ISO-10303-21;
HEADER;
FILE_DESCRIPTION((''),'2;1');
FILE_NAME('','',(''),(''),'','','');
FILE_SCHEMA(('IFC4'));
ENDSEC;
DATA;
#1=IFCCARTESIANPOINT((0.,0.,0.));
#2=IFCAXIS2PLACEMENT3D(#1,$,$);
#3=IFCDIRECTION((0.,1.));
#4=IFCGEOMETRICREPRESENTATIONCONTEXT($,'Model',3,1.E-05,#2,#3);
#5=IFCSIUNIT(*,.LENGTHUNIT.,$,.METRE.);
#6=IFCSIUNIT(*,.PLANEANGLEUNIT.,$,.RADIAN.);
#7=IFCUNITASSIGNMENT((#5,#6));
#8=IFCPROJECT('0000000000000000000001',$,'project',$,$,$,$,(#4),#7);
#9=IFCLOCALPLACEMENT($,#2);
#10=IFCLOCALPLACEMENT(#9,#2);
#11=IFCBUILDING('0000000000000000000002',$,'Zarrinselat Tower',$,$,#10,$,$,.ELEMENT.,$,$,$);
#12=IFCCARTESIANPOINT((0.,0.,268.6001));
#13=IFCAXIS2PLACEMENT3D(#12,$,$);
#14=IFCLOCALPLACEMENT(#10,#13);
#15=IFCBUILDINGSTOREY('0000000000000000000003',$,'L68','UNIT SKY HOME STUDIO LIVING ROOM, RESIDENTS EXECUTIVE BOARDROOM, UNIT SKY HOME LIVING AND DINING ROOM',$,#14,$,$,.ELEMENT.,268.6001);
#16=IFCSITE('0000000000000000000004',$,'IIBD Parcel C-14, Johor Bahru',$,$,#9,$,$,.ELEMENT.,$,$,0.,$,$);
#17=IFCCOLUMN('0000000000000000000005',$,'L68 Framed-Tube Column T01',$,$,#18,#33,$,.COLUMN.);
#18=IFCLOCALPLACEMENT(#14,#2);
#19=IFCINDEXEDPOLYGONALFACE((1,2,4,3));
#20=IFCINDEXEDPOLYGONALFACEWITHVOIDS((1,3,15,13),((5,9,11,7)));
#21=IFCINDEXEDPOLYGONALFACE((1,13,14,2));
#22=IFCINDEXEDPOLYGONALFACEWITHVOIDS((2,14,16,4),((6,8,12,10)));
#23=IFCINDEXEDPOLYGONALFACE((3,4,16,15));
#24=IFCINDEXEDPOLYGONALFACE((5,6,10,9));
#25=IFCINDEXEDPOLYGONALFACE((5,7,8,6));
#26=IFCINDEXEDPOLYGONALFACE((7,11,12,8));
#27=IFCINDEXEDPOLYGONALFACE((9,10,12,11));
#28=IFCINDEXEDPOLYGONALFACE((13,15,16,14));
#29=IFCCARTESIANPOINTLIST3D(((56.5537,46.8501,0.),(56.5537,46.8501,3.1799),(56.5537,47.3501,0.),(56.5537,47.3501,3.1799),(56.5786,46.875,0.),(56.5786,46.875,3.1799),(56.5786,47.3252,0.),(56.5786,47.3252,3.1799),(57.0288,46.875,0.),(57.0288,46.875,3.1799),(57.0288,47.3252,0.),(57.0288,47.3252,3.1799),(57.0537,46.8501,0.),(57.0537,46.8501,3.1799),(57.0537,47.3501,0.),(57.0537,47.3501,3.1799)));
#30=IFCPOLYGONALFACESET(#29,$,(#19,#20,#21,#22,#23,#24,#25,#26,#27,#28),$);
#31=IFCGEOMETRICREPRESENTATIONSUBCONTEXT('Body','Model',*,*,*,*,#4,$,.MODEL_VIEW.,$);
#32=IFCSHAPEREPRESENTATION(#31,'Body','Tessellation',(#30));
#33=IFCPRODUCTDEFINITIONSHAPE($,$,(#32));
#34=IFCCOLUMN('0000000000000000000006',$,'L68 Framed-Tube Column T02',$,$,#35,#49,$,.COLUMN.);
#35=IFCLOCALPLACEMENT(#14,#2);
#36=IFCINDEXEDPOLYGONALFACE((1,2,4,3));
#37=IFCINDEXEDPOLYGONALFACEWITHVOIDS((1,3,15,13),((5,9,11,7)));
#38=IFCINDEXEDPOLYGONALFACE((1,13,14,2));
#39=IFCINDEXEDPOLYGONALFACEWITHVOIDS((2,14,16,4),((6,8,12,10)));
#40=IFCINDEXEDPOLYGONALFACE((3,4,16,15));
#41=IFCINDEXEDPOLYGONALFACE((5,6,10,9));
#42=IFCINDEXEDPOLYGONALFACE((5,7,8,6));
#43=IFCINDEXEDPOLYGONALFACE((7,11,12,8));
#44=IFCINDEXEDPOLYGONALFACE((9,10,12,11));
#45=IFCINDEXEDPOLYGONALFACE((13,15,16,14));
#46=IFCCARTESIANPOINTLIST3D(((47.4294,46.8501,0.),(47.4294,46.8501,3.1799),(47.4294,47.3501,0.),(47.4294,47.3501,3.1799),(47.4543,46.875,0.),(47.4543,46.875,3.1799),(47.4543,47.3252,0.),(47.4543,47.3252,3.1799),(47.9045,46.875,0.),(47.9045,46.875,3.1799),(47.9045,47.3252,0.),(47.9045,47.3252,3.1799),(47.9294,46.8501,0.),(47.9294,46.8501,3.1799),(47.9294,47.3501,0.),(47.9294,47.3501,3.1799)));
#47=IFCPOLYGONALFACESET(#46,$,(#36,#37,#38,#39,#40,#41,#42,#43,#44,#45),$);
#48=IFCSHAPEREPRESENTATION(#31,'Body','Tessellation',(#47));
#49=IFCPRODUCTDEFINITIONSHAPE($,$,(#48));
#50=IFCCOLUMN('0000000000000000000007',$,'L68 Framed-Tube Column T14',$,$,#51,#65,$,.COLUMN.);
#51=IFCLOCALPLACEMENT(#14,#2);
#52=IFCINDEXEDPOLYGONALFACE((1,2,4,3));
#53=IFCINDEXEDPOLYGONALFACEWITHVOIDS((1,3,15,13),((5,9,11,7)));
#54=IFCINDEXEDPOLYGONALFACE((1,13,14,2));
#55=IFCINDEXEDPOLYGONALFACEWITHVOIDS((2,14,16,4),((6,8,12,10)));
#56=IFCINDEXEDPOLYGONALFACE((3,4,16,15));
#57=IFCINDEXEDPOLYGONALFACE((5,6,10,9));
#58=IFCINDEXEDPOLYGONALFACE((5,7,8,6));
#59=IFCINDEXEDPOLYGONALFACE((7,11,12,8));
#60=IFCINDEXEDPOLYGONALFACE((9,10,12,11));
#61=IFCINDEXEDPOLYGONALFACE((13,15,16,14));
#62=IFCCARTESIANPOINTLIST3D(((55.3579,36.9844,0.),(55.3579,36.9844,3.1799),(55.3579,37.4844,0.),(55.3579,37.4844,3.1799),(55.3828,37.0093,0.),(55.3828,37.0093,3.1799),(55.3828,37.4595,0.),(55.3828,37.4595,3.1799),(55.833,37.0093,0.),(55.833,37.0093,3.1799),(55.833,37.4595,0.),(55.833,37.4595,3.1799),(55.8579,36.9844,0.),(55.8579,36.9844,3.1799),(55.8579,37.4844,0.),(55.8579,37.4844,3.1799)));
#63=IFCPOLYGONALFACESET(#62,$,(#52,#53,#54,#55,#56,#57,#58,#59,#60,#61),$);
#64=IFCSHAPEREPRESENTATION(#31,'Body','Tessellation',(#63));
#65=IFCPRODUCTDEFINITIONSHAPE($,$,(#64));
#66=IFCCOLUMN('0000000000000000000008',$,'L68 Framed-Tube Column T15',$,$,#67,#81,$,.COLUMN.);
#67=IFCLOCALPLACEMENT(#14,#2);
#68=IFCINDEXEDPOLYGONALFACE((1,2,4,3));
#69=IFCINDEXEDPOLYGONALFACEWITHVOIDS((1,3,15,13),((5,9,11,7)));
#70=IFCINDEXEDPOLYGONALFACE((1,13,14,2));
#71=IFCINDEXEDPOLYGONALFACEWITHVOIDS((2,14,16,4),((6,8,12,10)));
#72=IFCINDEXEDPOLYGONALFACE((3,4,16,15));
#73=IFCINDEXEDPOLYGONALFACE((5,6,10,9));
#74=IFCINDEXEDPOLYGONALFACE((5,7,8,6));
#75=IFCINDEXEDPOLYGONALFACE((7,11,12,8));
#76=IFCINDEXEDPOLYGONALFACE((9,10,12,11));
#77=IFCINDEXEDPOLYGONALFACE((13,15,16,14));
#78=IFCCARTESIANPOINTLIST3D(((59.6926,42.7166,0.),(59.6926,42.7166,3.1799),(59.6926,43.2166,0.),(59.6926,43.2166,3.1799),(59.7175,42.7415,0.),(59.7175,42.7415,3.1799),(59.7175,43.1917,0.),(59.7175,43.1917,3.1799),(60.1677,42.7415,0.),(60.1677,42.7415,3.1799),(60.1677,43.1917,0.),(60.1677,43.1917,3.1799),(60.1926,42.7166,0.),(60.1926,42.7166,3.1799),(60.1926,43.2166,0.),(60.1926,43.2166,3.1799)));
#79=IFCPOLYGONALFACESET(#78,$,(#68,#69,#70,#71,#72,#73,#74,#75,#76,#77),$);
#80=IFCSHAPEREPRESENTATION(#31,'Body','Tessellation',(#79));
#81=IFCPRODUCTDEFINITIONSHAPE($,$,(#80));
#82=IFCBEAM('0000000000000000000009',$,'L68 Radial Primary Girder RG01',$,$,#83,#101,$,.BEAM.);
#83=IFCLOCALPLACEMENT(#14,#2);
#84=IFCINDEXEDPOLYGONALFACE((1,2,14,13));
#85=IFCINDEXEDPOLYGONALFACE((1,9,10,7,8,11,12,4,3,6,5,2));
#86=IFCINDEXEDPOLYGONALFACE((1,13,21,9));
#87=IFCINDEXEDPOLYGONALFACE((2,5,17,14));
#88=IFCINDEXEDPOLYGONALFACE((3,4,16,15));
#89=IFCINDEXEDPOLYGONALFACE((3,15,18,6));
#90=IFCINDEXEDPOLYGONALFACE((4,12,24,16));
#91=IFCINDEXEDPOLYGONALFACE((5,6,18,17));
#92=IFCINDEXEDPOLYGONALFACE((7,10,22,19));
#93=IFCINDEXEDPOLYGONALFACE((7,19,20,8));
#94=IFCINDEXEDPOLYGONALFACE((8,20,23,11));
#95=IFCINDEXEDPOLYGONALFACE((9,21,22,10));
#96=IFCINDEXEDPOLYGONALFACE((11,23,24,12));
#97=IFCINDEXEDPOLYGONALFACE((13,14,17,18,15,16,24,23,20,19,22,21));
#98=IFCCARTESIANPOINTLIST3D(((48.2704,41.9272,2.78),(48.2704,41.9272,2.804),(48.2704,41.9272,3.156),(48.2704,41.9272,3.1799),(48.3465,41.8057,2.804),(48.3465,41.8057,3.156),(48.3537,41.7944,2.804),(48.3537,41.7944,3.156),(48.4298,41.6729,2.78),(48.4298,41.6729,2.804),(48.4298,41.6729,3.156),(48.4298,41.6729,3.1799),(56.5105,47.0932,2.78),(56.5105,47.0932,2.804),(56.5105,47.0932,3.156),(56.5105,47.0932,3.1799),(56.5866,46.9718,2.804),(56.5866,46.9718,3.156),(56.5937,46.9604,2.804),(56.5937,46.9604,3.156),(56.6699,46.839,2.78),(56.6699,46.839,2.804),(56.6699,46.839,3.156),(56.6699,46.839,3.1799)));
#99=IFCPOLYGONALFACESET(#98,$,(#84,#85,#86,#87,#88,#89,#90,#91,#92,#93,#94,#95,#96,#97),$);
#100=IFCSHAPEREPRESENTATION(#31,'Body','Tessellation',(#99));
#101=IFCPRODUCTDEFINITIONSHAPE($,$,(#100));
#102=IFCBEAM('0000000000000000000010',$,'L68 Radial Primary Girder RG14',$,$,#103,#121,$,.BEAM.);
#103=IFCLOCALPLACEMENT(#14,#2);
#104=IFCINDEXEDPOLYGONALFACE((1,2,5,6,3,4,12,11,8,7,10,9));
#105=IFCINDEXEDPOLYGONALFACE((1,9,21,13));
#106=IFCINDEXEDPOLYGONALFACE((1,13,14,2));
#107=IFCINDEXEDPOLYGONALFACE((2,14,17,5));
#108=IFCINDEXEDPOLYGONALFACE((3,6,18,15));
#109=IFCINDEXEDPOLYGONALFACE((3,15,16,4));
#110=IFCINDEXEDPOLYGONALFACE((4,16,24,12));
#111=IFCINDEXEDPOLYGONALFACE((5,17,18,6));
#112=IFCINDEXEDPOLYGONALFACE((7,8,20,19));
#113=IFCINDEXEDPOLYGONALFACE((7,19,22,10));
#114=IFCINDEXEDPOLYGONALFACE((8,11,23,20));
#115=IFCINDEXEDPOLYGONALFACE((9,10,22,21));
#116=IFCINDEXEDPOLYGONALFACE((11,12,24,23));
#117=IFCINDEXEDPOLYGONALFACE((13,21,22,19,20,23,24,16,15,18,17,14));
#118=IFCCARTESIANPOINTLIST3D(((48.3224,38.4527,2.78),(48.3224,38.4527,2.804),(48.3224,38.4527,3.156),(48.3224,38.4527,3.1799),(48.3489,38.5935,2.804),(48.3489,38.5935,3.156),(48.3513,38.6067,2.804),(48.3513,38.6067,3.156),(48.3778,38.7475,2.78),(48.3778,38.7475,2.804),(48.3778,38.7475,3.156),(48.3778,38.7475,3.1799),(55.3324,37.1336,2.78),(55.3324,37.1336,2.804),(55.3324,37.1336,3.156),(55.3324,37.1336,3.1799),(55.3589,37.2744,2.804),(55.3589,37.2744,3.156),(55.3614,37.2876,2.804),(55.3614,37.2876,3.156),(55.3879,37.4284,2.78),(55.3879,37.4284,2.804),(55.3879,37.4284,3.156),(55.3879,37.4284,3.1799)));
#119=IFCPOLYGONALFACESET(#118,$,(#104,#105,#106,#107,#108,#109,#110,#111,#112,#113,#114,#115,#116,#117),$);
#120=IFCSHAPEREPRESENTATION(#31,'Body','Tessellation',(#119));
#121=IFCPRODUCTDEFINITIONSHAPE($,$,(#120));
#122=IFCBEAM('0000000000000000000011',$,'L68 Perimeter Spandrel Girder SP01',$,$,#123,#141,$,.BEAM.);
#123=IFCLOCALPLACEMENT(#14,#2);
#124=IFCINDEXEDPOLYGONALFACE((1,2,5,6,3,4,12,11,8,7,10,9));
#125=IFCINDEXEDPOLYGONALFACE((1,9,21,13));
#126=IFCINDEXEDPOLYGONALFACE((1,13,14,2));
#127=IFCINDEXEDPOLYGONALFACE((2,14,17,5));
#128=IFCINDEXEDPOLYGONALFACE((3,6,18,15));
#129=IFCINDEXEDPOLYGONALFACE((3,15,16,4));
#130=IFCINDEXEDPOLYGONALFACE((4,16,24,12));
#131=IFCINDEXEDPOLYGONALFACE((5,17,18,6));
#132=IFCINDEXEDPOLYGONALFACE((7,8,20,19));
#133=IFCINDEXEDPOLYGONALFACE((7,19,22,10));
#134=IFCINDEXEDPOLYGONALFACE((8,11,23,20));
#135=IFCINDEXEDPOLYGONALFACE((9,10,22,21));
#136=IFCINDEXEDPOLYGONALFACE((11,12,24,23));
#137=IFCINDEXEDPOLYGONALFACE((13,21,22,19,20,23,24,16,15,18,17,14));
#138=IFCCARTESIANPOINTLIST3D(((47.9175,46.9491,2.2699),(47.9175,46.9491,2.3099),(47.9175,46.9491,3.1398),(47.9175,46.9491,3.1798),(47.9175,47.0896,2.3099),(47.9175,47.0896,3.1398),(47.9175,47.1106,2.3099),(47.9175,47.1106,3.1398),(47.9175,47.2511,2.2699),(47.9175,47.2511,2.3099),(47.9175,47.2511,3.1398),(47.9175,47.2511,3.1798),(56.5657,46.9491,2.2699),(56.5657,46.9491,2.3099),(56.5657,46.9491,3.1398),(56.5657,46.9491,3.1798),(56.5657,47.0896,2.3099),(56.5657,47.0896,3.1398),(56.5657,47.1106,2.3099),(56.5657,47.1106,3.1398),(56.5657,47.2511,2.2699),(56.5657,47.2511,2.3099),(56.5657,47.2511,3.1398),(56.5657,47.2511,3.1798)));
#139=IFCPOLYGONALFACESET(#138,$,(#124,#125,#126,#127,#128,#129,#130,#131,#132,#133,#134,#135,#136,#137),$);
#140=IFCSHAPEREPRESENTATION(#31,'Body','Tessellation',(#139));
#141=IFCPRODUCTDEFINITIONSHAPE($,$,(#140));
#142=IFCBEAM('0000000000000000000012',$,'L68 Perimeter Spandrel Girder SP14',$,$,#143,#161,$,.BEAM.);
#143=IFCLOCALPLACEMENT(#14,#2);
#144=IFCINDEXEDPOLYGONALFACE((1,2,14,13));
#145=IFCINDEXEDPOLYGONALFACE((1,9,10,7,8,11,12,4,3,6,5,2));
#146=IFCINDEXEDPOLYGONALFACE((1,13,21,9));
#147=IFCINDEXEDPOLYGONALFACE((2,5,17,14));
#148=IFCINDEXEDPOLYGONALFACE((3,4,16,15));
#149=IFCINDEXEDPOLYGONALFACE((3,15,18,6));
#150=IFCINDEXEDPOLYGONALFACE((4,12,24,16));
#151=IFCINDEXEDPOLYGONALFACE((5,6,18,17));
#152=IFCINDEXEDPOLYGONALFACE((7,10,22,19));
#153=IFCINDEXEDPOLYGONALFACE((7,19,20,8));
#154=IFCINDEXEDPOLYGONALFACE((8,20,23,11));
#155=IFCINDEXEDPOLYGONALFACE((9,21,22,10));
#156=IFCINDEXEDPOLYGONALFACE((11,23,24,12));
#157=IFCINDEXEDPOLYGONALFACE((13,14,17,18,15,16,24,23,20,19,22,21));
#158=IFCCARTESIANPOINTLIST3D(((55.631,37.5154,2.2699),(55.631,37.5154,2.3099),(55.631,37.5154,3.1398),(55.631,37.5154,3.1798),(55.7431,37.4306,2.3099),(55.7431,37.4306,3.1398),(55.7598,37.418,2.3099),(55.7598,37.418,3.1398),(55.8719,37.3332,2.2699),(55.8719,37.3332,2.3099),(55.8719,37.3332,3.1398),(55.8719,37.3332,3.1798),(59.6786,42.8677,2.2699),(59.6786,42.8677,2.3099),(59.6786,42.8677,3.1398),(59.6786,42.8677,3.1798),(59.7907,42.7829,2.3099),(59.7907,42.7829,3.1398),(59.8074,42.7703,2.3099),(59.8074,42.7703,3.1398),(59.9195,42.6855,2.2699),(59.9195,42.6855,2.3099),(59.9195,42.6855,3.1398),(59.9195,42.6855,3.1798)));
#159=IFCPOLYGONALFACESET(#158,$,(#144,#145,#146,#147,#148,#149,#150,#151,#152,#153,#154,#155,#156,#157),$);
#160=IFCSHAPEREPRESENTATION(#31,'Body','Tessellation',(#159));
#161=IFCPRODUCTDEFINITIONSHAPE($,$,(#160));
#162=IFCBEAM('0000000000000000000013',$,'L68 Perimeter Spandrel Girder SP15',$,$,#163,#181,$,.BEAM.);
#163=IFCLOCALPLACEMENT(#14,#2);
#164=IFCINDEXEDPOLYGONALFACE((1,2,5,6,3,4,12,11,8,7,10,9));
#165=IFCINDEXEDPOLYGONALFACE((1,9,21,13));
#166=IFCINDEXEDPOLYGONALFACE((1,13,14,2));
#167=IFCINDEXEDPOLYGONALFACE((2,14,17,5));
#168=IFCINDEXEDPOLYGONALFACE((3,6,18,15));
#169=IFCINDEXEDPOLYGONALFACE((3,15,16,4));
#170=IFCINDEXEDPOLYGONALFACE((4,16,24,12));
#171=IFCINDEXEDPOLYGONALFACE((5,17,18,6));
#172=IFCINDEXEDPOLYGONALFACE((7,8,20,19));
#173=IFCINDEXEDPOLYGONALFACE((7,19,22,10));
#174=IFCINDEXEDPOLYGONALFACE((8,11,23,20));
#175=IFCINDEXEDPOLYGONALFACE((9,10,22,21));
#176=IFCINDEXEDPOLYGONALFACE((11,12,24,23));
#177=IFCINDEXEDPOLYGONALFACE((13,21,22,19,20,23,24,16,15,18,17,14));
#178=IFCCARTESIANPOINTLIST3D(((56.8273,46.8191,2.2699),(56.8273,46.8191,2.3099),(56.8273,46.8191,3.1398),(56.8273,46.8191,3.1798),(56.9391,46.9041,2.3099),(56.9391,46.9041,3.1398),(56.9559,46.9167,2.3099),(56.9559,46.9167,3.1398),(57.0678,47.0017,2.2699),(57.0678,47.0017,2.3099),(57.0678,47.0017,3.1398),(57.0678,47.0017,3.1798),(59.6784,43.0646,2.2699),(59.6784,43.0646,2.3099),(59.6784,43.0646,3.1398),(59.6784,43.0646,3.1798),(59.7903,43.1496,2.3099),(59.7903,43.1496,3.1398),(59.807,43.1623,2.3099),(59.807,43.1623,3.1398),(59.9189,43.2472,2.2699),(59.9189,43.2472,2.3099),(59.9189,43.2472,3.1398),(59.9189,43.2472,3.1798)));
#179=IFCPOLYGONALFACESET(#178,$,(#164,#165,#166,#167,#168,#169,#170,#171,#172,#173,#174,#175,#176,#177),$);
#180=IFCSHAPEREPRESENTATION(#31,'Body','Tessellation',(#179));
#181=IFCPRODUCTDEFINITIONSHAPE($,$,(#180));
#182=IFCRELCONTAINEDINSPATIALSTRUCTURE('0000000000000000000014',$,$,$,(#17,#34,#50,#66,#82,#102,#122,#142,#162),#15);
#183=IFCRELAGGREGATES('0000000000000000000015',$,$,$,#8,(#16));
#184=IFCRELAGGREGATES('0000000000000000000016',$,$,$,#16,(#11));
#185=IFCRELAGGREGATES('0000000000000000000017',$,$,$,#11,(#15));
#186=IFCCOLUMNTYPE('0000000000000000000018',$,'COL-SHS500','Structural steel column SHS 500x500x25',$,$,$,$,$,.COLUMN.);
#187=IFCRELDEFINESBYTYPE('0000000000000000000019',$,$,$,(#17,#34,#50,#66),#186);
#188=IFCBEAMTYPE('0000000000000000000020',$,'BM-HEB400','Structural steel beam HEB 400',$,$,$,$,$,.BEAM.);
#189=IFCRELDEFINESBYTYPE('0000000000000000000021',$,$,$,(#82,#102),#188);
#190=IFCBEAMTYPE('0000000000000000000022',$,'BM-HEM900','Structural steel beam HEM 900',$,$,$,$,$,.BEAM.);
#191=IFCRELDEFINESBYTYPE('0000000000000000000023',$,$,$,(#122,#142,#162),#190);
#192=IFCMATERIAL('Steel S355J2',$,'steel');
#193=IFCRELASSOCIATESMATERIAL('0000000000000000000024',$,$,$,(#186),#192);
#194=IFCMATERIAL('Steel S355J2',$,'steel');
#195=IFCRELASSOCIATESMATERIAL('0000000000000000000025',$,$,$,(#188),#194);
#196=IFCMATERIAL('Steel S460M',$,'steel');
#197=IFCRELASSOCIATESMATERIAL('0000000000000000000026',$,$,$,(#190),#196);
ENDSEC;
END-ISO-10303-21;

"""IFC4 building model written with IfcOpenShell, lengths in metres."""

from ifc_helpers import new_model, si_unit, direction, frame, origin, origin_2d, place, context, subcontext, project, spatial, hollow_rectangle, i_section, extrude, material, material_profile, profile_set, type_object, element, save


model = new_model("IFC4")

# Units and contexts
model_context = context("Model", 3, precision=1e-05, world=origin(), true_north=direction((0.0, 1.0)))
body_context = subcontext(model_context, "Body", "Model", "MODEL_VIEW")
ifc_project = project(units=[si_unit("LENGTHUNIT", "METRE"), si_unit("PLANEANGLEUNIT", "RADIAN")], contexts=[model_context])

# Site, building, storey
site_placement = place(None, origin())
site = spatial("IfcSite", under=ifc_project, at=site_placement, Name="IIBD Parcel C-14, Johor Bahru", CompositionType="ELEMENT", RefElevation=0.0)
building_placement = place(site_placement, origin())
building = spatial("IfcBuilding", under=site, at=building_placement, Name="Zarrinselat Tower", CompositionType="ELEMENT")
storey_placement = place(building_placement, frame((0.0, 0.0, 268.6001)))
storey = spatial("IfcBuildingStorey", under=building, at=storey_placement, Name="L68", Description="UNIT SKY HOME STUDIO LIVING ROOM, RESIDENTS EXECUTIVE BOARDROOM, UNIT SKY HOME LIVING AND DINING ROOM", CompositionType="ELEMENT", Elevation=268.6001)

# Columns
ifc_material_1 = material(Name="Steel S355J2", Category="steel")
ifc_material_profile_1 = material_profile(ifc_material_1, hollow_rectangle(XDim=0.5, YDim=0.5, WallThickness=0.0249, at=origin_2d()), Name="SHS 500x500x25")
ifc_profile_set_1 = profile_set([ifc_material_profile_1], Name="Steel S355J2")
column_type = type_object("IfcColumnType", Name="COL-SHS500", Description="Structural steel column SHS 500x500x25", PredefinedType="COLUMN", material=ifc_profile_set_1)
for number, where, z_axis, x_axis, name in (
    (1, (56.8037, 47.1001, 0.0), (0.0, 0.0, 1.0), (1.0, 0.0, 0.0), "L68 Framed-Tube Column T01"),
    (2, (47.6794, 47.1001, 0.0), (0.0, 0.0, 1.0), (1.0, 0.0, 0.0), "L68 Framed-Tube Column T02"),
    (3, (55.6079, 37.2344, 0.0), (0.0, 0.0, 1.0), (1.0, 0.0, 0.0), "L68 Framed-Tube Column T14"),
    (4, (59.9426, 42.9666, 0.0), (0.0, 0.0, 1.0), (1.0, 0.0, 0.0), "L68 Framed-Tube Column T15"),
):
    element("IfcColumn", number, at=place(storey_placement, frame(where, z_axis=z_axis, x_axis=x_axis)), inside=storey, type_object=column_type, Name=name, PredefinedType="COLUMN", context=body_context, shape_type="SweptSolid", body=[
        extrude(hollow_rectangle(XDim=0.5, YDim=0.5, WallThickness=0.0249, at=origin_2d()), origin(), (0.0, 0.0, 1.0), 3.1799),
    ])

# Beams
ifc_material_2 = material(Name="Steel S355J2", Category="steel")
ifc_material_profile_2 = material_profile(ifc_material_2, i_section(OverallWidth=0.3, OverallDepth=0.3999, WebThickness=0.0134, FlangeThickness=0.0239, at=origin_2d()), Name="HEB 400")
ifc_profile_set_2 = profile_set([ifc_material_profile_2], Name="Steel S355J2")
beam_type_1 = type_object("IfcBeamType", Name="BM-HEB400", Description="Structural steel beam HEB 400", PredefinedType="BEAM", material=ifc_profile_set_2)
beam_1_placement = place(storey_placement, frame((48.3501, 41.8, 2.98), z_axis=(0.847257, 0.531183, 0.0), x_axis=(-0.531183, 0.847257, 0.0)))
element("IfcBeam", 5, at=beam_1_placement, inside=storey, type_object=beam_type_1, Name="L68 Radial Primary Girder RG01", PredefinedType="BEAM", context=body_context, shape_type="SweptSolid", body=[
    extrude(i_section(OverallWidth=0.3, OverallDepth=0.3999, WebThickness=0.0134, FlangeThickness=0.0239, at=origin_2d()), origin(), (0.0, 0.0, 1.0), 9.7256),
])
beam_2_placement = place(storey_placement, frame((48.3501, 38.6001, 2.98), z_axis=(0.982752, -0.184927, 0.0), x_axis=(0.184927, 0.982752, 0.0)))
element("IfcBeam", 6, at=beam_2_placement, inside=storey, type_object=beam_type_1, Name="L68 Radial Primary Girder RG14", PredefinedType="BEAM", context=body_context, shape_type="SweptSolid", body=[
    extrude(i_section(OverallWidth=0.3, OverallDepth=0.3999, WebThickness=0.0134, FlangeThickness=0.0239, at=origin_2d()), origin(), (0.0, 0.0, 1.0), 7.1331),
])
ifc_material_3 = material(Name="Steel S460M", Category="steel")
ifc_material_profile_3 = material_profile(ifc_material_3, i_section(OverallWidth=0.302, OverallDepth=0.9099, WebThickness=0.021, FlangeThickness=0.04, at=origin_2d()), Name="HEM 900")
ifc_profile_set_3 = profile_set([ifc_material_profile_3], Name="Steel S460M")
beam_type_2 = type_object("IfcBeamType", Name="BM-HEM900", Description="Structural steel beam HEM 900", PredefinedType="BEAM", material=ifc_profile_set_3)
beam_3_placement = place(storey_placement, frame((47.9175, 47.1001, 2.7249), z_axis=(1.0, 0.0, 0.0), x_axis=(0.0, 1.0, 0.0)))
element("IfcBeam", 7, at=beam_3_placement, inside=storey, type_object=beam_type_2, Name="L68 Perimeter Spandrel Girder SP01", PredefinedType="BEAM", context=body_context, shape_type="SweptSolid", body=[
    extrude(i_section(OverallWidth=0.302, OverallDepth=0.9099, WebThickness=0.021, FlangeThickness=0.04, at=origin_2d()), origin(), (0.0, 0.0, 1.0), 8.6482),
])
beam_4_placement = place(storey_placement, frame((55.7515, 37.4243, 2.7249), z_axis=(0.603179, 0.797606, 0.0), x_axis=(-0.797606, 0.603179, 0.0)))
element("IfcBeam", 8, at=beam_4_placement, inside=storey, type_object=beam_type_2, Name="L68 Perimeter Spandrel Girder SP14", PredefinedType="BEAM", context=body_context, shape_type="SweptSolid", body=[
    extrude(i_section(OverallWidth=0.302, OverallDepth=0.9099, WebThickness=0.021, FlangeThickness=0.04, at=origin_2d()), origin(), (0.0, 0.0, 1.0), 6.7104),
])
beam_5_placement = place(storey_placement, frame((56.9475, 46.9104, 2.7249), z_axis=(0.604779, -0.796394, 0.0), x_axis=(0.796394, 0.604779, 0.0)))
element("IfcBeam", 9, at=beam_5_placement, inside=storey, type_object=beam_type_2, Name="L68 Perimeter Spandrel Girder SP15", PredefinedType="BEAM", context=body_context, shape_type="SweptSolid", body=[
    extrude(i_section(OverallWidth=0.302, OverallDepth=0.9099, WebThickness=0.021, FlangeThickness=0.04, at=origin_2d()), origin(), (0.0, 0.0, 1.0), 4.7144),
])

save(model, "model.ifc")
